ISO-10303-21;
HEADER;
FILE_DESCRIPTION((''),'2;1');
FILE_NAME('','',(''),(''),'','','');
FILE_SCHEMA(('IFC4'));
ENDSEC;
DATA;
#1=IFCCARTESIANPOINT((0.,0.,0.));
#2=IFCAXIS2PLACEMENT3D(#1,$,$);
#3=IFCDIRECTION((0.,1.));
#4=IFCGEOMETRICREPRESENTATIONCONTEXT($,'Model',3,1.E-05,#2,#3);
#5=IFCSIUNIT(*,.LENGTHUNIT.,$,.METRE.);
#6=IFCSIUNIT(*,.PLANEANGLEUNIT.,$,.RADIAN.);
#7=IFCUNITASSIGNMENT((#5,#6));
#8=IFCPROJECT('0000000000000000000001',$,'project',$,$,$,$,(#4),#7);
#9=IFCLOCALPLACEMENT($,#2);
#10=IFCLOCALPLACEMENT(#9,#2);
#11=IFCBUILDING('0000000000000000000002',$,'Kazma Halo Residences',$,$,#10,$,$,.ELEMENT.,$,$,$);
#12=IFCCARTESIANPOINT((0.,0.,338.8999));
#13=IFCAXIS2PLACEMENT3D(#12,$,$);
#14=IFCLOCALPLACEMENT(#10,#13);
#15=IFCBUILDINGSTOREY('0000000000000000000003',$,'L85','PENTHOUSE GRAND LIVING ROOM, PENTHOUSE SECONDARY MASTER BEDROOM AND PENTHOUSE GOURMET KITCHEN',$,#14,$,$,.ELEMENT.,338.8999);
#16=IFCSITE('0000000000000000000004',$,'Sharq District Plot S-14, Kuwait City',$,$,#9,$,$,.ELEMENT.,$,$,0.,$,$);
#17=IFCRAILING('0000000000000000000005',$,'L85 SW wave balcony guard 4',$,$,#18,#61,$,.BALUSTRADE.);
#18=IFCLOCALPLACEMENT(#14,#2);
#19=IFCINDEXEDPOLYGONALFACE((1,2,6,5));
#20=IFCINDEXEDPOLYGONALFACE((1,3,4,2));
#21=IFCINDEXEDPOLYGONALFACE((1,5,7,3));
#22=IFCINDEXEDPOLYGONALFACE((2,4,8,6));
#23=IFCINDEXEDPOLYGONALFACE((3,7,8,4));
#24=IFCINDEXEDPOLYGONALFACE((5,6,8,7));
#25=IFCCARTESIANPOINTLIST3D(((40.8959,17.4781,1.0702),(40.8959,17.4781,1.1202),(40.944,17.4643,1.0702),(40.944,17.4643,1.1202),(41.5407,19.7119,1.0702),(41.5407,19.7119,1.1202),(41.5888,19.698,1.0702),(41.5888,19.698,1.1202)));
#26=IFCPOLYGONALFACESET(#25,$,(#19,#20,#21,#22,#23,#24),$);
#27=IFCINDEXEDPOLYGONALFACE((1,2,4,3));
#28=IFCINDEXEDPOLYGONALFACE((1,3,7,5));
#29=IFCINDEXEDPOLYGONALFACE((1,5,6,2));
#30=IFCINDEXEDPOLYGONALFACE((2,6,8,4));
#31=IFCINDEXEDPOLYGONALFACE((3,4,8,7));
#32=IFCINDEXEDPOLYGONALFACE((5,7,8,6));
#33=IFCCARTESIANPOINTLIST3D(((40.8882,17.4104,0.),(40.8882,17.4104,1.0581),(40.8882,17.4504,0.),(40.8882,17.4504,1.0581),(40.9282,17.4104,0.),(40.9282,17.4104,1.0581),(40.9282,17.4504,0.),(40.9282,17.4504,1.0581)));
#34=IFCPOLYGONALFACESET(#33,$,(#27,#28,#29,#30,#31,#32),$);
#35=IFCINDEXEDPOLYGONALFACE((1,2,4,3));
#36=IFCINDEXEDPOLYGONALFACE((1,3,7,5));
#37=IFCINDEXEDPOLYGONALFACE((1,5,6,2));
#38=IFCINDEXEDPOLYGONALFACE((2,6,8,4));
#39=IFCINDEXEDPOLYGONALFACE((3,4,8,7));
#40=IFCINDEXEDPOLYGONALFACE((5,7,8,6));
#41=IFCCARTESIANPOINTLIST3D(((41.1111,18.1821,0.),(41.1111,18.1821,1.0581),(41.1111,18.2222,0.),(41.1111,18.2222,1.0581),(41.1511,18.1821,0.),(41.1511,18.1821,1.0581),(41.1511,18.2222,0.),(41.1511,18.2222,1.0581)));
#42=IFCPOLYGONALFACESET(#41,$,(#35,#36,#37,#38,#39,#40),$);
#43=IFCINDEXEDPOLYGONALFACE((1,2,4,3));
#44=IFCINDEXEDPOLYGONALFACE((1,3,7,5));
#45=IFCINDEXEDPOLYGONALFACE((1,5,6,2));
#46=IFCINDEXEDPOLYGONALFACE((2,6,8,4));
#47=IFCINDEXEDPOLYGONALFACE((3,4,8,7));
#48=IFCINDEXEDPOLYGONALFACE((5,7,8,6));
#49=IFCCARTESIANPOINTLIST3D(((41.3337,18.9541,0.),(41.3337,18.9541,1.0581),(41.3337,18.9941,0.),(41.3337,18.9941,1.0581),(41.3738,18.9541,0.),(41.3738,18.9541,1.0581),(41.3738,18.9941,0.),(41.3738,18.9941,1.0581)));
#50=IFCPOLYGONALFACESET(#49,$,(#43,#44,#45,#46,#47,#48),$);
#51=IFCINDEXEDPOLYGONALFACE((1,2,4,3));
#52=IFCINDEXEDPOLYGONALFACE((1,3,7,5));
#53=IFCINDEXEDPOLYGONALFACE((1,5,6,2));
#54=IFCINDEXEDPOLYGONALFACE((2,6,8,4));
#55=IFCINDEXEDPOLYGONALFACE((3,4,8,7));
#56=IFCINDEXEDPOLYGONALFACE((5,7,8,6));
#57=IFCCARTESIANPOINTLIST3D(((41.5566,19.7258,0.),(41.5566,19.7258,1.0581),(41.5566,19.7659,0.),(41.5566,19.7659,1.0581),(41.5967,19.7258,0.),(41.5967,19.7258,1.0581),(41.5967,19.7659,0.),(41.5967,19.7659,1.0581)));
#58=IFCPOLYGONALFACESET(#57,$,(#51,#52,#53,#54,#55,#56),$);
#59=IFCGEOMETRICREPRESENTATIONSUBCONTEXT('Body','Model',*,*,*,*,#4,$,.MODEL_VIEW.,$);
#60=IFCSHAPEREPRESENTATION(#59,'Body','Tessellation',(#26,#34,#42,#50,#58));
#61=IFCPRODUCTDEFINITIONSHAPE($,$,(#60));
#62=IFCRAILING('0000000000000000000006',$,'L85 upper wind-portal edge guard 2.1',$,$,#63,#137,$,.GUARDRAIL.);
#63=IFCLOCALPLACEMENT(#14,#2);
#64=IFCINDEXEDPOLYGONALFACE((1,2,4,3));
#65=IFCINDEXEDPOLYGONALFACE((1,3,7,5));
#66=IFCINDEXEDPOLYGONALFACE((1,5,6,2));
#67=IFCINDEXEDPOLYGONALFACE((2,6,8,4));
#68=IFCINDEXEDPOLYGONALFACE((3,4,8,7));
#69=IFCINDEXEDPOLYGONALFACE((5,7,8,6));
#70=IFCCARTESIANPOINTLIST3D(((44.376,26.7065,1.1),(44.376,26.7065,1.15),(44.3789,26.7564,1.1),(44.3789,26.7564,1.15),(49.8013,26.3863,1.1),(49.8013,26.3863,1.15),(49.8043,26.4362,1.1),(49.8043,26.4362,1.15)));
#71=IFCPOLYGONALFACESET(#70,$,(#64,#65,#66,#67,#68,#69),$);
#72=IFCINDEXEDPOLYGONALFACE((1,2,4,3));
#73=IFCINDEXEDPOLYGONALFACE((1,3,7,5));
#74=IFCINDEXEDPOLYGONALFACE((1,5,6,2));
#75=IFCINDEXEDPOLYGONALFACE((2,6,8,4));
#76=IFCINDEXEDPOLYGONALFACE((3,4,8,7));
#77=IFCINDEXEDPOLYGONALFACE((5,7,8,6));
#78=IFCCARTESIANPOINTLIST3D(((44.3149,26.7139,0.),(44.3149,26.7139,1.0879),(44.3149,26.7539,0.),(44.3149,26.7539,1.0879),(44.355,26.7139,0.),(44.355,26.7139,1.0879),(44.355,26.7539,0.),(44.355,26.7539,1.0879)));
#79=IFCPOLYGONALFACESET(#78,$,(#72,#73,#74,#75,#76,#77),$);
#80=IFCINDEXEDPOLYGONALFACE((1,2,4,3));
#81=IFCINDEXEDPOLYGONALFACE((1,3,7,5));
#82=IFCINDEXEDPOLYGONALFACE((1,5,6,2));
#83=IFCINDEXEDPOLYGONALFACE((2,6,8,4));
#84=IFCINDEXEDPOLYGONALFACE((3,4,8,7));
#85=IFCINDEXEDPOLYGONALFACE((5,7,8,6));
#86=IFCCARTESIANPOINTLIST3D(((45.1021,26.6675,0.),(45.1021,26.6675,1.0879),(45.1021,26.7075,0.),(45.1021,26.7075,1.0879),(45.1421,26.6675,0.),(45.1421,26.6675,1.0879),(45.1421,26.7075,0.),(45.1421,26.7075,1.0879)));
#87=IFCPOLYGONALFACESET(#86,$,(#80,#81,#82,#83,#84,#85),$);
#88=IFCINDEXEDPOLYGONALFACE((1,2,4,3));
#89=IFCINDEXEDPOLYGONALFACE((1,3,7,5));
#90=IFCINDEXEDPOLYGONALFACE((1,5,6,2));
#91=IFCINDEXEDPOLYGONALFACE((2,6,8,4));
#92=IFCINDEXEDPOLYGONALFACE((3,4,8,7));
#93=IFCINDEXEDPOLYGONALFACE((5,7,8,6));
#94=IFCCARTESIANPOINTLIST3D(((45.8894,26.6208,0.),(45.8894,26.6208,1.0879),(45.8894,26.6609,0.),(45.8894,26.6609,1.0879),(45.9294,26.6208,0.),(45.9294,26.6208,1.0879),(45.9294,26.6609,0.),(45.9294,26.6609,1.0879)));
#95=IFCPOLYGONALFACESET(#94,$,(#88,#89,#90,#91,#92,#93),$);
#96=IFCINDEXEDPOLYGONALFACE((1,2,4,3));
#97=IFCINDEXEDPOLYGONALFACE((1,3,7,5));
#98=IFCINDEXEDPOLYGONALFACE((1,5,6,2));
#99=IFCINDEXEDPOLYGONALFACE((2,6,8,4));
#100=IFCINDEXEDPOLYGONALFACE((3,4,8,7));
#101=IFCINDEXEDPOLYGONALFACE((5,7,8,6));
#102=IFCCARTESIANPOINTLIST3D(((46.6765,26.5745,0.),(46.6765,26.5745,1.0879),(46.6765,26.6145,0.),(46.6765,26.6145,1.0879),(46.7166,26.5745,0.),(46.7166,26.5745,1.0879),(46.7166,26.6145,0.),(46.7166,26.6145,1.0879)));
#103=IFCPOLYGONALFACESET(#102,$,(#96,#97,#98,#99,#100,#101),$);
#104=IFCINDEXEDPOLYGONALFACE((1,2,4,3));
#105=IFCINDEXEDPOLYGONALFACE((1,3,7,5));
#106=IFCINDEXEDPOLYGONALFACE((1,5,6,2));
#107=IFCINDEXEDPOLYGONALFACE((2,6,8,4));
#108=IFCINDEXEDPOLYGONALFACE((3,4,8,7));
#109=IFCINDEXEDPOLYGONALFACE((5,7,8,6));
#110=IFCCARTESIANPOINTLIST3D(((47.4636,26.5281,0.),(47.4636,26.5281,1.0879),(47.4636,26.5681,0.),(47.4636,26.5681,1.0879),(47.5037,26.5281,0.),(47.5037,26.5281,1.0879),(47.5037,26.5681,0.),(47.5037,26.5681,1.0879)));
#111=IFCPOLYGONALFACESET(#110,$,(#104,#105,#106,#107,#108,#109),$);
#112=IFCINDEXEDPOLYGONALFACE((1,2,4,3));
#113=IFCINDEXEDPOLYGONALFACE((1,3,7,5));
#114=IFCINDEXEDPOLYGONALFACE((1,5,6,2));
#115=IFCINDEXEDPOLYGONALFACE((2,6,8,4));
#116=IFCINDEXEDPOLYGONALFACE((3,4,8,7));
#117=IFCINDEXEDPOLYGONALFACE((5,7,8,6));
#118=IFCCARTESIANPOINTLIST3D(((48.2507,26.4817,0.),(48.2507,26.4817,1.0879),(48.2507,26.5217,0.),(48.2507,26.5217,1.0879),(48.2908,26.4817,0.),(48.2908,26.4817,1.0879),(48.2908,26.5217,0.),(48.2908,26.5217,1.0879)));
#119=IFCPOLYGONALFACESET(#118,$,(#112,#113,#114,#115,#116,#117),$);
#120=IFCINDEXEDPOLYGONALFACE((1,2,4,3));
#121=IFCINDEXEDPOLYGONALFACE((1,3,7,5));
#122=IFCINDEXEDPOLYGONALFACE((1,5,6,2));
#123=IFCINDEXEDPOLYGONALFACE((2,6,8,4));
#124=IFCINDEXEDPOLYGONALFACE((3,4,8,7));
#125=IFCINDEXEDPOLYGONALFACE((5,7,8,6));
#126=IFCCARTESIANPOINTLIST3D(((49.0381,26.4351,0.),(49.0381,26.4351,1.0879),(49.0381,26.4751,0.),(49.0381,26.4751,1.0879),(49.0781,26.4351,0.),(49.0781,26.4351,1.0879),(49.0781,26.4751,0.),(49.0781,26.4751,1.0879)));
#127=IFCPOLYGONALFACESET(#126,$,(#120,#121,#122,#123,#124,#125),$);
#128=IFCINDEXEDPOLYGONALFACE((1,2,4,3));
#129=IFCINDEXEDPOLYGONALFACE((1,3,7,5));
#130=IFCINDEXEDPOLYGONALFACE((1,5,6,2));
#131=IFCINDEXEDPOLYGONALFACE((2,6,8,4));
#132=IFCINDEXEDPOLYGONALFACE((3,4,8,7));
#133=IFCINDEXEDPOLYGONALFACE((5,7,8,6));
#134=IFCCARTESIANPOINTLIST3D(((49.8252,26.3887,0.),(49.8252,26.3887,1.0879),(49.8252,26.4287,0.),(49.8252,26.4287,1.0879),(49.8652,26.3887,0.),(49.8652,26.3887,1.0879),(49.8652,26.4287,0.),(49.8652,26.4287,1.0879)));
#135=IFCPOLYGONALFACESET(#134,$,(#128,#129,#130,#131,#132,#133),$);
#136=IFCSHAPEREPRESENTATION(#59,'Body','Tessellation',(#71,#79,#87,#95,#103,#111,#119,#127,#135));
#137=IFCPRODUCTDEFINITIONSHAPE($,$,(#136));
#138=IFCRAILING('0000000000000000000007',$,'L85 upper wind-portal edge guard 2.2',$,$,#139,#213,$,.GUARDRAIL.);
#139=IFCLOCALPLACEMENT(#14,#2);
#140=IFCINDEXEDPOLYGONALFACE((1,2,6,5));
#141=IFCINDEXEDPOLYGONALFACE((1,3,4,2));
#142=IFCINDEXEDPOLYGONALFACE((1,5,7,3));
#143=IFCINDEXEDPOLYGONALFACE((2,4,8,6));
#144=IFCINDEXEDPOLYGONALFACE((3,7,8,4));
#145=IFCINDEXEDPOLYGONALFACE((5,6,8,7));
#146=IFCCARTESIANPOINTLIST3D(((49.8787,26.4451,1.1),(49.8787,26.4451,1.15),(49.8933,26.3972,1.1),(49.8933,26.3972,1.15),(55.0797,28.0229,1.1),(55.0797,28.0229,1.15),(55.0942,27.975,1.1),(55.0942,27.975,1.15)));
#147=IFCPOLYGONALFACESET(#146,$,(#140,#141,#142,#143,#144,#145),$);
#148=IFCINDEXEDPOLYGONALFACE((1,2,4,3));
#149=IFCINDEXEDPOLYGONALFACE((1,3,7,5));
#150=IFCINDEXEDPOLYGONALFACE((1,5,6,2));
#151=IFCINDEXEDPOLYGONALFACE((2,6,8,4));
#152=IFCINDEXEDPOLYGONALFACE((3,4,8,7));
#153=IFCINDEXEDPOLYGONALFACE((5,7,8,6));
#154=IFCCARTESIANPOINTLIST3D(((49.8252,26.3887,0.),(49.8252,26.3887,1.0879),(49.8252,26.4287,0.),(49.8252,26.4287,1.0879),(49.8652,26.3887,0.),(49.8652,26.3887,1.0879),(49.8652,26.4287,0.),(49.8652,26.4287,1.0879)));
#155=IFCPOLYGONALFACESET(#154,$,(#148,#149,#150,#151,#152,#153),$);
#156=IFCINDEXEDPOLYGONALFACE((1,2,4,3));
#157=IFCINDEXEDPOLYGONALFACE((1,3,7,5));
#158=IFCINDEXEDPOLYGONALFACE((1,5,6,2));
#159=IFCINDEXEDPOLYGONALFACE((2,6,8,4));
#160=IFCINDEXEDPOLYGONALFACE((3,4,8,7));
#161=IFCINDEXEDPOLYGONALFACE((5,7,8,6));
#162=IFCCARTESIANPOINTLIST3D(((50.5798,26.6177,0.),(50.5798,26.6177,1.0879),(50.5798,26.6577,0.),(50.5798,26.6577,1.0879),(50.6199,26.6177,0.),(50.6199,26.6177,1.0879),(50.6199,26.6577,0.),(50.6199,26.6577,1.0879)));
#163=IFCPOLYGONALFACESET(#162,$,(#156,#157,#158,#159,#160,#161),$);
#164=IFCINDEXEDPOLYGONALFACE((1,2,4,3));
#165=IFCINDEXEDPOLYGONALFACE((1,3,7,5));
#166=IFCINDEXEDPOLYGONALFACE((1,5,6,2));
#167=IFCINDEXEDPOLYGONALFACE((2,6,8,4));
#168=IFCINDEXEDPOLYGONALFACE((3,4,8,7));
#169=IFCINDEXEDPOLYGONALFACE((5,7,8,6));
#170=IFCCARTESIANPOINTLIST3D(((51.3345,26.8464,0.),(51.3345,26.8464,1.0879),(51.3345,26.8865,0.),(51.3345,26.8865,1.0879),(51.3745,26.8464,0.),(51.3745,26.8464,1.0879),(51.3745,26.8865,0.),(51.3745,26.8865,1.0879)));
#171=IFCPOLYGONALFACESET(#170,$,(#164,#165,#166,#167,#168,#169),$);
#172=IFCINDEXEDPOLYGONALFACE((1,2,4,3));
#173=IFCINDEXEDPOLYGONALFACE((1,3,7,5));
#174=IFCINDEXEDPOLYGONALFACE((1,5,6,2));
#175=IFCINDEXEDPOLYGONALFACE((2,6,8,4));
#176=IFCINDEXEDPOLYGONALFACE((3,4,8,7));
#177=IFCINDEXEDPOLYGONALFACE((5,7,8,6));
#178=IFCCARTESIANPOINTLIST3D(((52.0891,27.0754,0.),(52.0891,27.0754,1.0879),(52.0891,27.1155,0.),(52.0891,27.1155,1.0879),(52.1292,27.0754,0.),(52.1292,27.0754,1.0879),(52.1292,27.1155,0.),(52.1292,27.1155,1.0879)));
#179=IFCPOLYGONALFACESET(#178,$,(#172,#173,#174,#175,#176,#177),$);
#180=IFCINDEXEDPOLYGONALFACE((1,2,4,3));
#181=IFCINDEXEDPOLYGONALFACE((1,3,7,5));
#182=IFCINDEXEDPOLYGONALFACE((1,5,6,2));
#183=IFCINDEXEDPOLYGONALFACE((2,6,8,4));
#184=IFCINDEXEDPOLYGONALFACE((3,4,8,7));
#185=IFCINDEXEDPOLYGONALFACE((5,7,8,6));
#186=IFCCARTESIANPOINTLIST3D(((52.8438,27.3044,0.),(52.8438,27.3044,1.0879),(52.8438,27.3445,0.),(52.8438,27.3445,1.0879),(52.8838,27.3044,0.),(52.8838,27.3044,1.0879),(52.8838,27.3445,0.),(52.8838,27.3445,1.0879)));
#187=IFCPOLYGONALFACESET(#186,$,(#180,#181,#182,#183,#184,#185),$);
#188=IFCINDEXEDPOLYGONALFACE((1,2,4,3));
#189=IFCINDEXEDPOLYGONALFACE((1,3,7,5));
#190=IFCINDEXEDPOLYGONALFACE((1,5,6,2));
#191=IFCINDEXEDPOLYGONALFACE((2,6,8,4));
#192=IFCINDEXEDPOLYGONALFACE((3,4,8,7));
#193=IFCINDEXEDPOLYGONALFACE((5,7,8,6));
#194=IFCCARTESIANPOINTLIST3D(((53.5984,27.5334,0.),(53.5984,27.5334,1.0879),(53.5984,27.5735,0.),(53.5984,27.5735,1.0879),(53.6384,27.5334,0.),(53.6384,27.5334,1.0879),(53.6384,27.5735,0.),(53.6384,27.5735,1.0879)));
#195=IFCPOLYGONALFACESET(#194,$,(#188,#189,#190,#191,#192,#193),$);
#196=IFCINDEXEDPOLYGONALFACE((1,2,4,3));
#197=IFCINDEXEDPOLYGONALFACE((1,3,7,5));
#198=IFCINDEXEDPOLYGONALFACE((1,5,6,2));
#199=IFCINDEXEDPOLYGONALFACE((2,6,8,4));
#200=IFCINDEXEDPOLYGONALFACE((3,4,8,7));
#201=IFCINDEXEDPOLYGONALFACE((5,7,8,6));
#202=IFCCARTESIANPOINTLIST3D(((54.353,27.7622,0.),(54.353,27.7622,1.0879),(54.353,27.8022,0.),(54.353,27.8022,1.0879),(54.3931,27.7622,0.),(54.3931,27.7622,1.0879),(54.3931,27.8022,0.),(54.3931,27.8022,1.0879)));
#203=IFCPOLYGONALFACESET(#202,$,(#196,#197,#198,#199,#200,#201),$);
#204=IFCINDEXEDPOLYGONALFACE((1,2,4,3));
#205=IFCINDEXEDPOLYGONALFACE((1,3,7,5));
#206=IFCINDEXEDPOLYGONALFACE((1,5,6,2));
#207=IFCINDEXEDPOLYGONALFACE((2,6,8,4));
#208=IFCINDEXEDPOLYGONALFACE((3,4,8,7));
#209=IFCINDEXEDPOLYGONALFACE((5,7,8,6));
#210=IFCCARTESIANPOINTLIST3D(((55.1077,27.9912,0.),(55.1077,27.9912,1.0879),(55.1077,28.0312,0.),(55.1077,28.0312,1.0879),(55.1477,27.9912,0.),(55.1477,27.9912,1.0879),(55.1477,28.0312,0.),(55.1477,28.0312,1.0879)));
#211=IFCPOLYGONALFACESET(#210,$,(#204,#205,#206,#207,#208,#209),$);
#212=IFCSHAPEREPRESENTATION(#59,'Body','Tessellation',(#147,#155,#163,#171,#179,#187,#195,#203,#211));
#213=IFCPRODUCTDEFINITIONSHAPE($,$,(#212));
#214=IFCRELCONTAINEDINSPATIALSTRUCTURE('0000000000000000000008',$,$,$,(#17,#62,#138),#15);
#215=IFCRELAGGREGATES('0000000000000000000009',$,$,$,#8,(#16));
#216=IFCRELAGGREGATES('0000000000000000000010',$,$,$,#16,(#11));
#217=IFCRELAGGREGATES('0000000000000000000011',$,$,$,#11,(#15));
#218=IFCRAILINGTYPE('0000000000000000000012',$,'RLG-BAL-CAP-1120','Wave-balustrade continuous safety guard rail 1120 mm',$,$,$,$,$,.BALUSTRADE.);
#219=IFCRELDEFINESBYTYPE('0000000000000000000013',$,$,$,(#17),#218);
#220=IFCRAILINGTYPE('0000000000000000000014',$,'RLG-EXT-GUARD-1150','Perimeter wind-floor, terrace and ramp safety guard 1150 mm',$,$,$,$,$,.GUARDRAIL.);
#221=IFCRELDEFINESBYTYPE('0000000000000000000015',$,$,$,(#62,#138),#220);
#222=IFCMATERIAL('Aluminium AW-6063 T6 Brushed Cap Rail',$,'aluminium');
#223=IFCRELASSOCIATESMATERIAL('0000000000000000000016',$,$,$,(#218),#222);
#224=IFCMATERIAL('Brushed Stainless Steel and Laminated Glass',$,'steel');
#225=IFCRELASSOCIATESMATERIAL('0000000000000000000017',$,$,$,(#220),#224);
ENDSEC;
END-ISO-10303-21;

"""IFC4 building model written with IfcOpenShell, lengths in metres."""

from ifc_helpers import new_model, si_unit, direction, frame, origin, origin_2d, place, context, subcontext, project, spatial, rectangle, extrude, material, type_object, element, save


model = new_model("IFC4")

# Units and contexts
model_context = context("Model", 3, precision=1e-05, world=origin(), true_north=direction((0.0, 1.0)))
body_context = subcontext(model_context, "Body", "Model", "MODEL_VIEW")
ifc_project = project(units=[si_unit("LENGTHUNIT", "METRE"), si_unit("PLANEANGLEUNIT", "RADIAN")], contexts=[model_context])

# Site, building, storey
site_placement = place(None, origin())
site = spatial("IfcSite", under=ifc_project, at=site_placement, Name="Sharq District Plot S-14, Kuwait City", CompositionType="ELEMENT", RefElevation=0.0)
building_placement = place(site_placement, origin())
building = spatial("IfcBuilding", under=site, at=building_placement, Name="Kazma Halo Residences", CompositionType="ELEMENT")
storey_placement = place(building_placement, frame((0.0, 0.0, 338.8999)))
storey = spatial("IfcBuildingStorey", under=building, at=storey_placement, Name="L85", Description="PENTHOUSE GRAND LIVING ROOM, PENTHOUSE SECONDARY MASTER BEDROOM AND PENTHOUSE GOURMET KITCHEN", CompositionType="ELEMENT", Elevation=338.8999)

# Railings
ifc_material_1 = material(Name="Aluminium AW-6063 T6 Brushed Cap Rail", Category="aluminium")
railing_type_1 = type_object("IfcRailingType", Name="RLG-BAL-CAP-1120", Description="Wave-balustrade continuous safety guard rail 1120 mm", PredefinedType="BALUSTRADE", material=ifc_material_1)
railing_1_placement = place(storey_placement, frame((40.9082, 17.4304, 0.0)))
element("IfcRailing", 1, at=railing_1_placement, inside=storey, type_object=railing_type_1, Name="L85 SW wave balcony guard 4", PredefinedType="BALUSTRADE", context=body_context, shape_type="SweptSolid", body=[
    extrude(rectangle(XDim=0.05, YDim=0.05, at=origin_2d()), frame((0.0117, 0.0408, 1.0952), z_axis=(0.277369, 0.960763, 0.0), x_axis=(-0.960763, 0.277369, 0.0)), (0.0, 0.0, 1.0), 2.325),
    extrude(rectangle(XDim=0.04, YDim=0.04, at=origin_2d()), origin(), (0.0, 0.0, 1.0), 1.0581),
    extrude(rectangle(XDim=0.04, YDim=0.04, at=origin_2d()), frame((0.2229, 0.7717, 0.0)), (0.0, 0.0, 1.0), 1.0581),
    extrude(rectangle(XDim=0.04, YDim=0.04, at=origin_2d()), frame((0.4456, 1.5437, 0.0)), (0.0, 0.0, 1.0), 1.0581),
    extrude(rectangle(XDim=0.04, YDim=0.04, at=origin_2d()), frame((0.6685, 2.3154, 0.0)), (0.0, 0.0, 1.0), 1.0581),
])
ifc_material_2 = material(Name="Brushed Stainless Steel and Laminated Glass", Category="steel")
railing_type_2 = type_object("IfcRailingType", Name="RLG-EXT-GUARD-1150", Description="Perimeter wind-floor, terrace and ramp safety guard 1150 mm", PredefinedType="GUARDRAIL", material=ifc_material_2)
railing_2_placement = place(storey_placement, frame((44.335, 26.7339, 0.0)))
element("IfcRailing", 2, at=railing_2_placement, inside=storey, type_object=railing_type_2, Name="L85 upper wind-portal edge guard 2.1", PredefinedType="GUARDRAIL", context=body_context, shape_type="SweptSolid", body=[
    extrude(rectangle(XDim=0.05, YDim=0.05, at=origin_2d()), frame((0.0425, -0.0024, 1.125), z_axis=(0.998263, -0.058914, 0.0), x_axis=(0.058914, 0.998263, 0.0)), (0.0, 0.0, 1.0), 5.4348),
    extrude(rectangle(XDim=0.04, YDim=0.04, at=origin_2d()), origin(), (0.0, 0.0, 1.0), 1.0879),
    extrude(rectangle(XDim=0.04, YDim=0.04, at=origin_2d()), frame((0.7871, -0.0464, 0.0)), (0.0, 0.0, 1.0), 1.0879),
    extrude(rectangle(XDim=0.04, YDim=0.04, at=origin_2d()), frame((1.5745, -0.093, 0.0)), (0.0, 0.0, 1.0), 1.0879),
    extrude(rectangle(XDim=0.04, YDim=0.04, at=origin_2d()), frame((2.3616, -0.1394, 0.0)), (0.0, 0.0, 1.0), 1.0879),
    extrude(rectangle(XDim=0.04, YDim=0.04, at=origin_2d()), frame((3.1487, -0.1858, 0.0)), (0.0, 0.0, 1.0), 1.0879),
    extrude(rectangle(XDim=0.04, YDim=0.04, at=origin_2d()), frame((3.9358, -0.2322, 0.0)), (0.0, 0.0, 1.0), 1.0879),
    extrude(rectangle(XDim=0.04, YDim=0.04, at=origin_2d()), frame((4.7231, -0.2788, 0.0)), (0.0, 0.0, 1.0), 1.0879),
    extrude(rectangle(XDim=0.04, YDim=0.04, at=origin_2d()), frame((5.5103, -0.3252, 0.0)), (0.0, 0.0, 1.0), 1.0879),
])
railing_3_placement = place(storey_placement, frame((49.8452, 26.4087, 0.0)))
element("IfcRailing", 3, at=railing_3_placement, inside=storey, type_object=railing_type_2, Name="L85 upper wind-portal edge guard 2.2", PredefinedType="GUARDRAIL", context=body_context, shape_type="SweptSolid", body=[
    extrude(rectangle(XDim=0.05, YDim=0.05, at=origin_2d()), frame((0.0408, 0.0125, 1.125), z_axis=(0.956934, 0.290304, 0.0), x_axis=(-0.290304, 0.956934, 0.0)), (0.0, 0.0, 1.0), 5.4351),
    extrude(rectangle(XDim=0.04, YDim=0.04, at=origin_2d()), origin(), (0.0, 0.0, 1.0), 1.0879),
    extrude(rectangle(XDim=0.04, YDim=0.04, at=origin_2d()), frame((0.7546, 0.229, 0.0)), (0.0, 0.0, 1.0), 1.0879),
    extrude(rectangle(XDim=0.04, YDim=0.04, at=origin_2d()), frame((1.5093, 0.4578, 0.0)), (0.0, 0.0, 1.0), 1.0879),
    extrude(rectangle(XDim=0.04, YDim=0.04, at=origin_2d()), frame((2.2639, 0.6868, 0.0)), (0.0, 0.0, 1.0), 1.0879),
    extrude(rectangle(XDim=0.04, YDim=0.04, at=origin_2d()), frame((3.0186, 0.9158, 0.0)), (0.0, 0.0, 1.0), 1.0879),
    extrude(rectangle(XDim=0.04, YDim=0.04, at=origin_2d()), frame((3.7732, 1.1448, 0.0)), (0.0, 0.0, 1.0), 1.0879),
    extrude(rectangle(XDim=0.04, YDim=0.04, at=origin_2d()), frame((4.5278, 1.3735, 0.0)), (0.0, 0.0, 1.0), 1.0879),
    extrude(rectangle(XDim=0.04, YDim=0.04, at=origin_2d()), frame((5.2825, 1.6025, 0.0)), (0.0, 0.0, 1.0), 1.0879),
])

save(model, "model.ifc")
